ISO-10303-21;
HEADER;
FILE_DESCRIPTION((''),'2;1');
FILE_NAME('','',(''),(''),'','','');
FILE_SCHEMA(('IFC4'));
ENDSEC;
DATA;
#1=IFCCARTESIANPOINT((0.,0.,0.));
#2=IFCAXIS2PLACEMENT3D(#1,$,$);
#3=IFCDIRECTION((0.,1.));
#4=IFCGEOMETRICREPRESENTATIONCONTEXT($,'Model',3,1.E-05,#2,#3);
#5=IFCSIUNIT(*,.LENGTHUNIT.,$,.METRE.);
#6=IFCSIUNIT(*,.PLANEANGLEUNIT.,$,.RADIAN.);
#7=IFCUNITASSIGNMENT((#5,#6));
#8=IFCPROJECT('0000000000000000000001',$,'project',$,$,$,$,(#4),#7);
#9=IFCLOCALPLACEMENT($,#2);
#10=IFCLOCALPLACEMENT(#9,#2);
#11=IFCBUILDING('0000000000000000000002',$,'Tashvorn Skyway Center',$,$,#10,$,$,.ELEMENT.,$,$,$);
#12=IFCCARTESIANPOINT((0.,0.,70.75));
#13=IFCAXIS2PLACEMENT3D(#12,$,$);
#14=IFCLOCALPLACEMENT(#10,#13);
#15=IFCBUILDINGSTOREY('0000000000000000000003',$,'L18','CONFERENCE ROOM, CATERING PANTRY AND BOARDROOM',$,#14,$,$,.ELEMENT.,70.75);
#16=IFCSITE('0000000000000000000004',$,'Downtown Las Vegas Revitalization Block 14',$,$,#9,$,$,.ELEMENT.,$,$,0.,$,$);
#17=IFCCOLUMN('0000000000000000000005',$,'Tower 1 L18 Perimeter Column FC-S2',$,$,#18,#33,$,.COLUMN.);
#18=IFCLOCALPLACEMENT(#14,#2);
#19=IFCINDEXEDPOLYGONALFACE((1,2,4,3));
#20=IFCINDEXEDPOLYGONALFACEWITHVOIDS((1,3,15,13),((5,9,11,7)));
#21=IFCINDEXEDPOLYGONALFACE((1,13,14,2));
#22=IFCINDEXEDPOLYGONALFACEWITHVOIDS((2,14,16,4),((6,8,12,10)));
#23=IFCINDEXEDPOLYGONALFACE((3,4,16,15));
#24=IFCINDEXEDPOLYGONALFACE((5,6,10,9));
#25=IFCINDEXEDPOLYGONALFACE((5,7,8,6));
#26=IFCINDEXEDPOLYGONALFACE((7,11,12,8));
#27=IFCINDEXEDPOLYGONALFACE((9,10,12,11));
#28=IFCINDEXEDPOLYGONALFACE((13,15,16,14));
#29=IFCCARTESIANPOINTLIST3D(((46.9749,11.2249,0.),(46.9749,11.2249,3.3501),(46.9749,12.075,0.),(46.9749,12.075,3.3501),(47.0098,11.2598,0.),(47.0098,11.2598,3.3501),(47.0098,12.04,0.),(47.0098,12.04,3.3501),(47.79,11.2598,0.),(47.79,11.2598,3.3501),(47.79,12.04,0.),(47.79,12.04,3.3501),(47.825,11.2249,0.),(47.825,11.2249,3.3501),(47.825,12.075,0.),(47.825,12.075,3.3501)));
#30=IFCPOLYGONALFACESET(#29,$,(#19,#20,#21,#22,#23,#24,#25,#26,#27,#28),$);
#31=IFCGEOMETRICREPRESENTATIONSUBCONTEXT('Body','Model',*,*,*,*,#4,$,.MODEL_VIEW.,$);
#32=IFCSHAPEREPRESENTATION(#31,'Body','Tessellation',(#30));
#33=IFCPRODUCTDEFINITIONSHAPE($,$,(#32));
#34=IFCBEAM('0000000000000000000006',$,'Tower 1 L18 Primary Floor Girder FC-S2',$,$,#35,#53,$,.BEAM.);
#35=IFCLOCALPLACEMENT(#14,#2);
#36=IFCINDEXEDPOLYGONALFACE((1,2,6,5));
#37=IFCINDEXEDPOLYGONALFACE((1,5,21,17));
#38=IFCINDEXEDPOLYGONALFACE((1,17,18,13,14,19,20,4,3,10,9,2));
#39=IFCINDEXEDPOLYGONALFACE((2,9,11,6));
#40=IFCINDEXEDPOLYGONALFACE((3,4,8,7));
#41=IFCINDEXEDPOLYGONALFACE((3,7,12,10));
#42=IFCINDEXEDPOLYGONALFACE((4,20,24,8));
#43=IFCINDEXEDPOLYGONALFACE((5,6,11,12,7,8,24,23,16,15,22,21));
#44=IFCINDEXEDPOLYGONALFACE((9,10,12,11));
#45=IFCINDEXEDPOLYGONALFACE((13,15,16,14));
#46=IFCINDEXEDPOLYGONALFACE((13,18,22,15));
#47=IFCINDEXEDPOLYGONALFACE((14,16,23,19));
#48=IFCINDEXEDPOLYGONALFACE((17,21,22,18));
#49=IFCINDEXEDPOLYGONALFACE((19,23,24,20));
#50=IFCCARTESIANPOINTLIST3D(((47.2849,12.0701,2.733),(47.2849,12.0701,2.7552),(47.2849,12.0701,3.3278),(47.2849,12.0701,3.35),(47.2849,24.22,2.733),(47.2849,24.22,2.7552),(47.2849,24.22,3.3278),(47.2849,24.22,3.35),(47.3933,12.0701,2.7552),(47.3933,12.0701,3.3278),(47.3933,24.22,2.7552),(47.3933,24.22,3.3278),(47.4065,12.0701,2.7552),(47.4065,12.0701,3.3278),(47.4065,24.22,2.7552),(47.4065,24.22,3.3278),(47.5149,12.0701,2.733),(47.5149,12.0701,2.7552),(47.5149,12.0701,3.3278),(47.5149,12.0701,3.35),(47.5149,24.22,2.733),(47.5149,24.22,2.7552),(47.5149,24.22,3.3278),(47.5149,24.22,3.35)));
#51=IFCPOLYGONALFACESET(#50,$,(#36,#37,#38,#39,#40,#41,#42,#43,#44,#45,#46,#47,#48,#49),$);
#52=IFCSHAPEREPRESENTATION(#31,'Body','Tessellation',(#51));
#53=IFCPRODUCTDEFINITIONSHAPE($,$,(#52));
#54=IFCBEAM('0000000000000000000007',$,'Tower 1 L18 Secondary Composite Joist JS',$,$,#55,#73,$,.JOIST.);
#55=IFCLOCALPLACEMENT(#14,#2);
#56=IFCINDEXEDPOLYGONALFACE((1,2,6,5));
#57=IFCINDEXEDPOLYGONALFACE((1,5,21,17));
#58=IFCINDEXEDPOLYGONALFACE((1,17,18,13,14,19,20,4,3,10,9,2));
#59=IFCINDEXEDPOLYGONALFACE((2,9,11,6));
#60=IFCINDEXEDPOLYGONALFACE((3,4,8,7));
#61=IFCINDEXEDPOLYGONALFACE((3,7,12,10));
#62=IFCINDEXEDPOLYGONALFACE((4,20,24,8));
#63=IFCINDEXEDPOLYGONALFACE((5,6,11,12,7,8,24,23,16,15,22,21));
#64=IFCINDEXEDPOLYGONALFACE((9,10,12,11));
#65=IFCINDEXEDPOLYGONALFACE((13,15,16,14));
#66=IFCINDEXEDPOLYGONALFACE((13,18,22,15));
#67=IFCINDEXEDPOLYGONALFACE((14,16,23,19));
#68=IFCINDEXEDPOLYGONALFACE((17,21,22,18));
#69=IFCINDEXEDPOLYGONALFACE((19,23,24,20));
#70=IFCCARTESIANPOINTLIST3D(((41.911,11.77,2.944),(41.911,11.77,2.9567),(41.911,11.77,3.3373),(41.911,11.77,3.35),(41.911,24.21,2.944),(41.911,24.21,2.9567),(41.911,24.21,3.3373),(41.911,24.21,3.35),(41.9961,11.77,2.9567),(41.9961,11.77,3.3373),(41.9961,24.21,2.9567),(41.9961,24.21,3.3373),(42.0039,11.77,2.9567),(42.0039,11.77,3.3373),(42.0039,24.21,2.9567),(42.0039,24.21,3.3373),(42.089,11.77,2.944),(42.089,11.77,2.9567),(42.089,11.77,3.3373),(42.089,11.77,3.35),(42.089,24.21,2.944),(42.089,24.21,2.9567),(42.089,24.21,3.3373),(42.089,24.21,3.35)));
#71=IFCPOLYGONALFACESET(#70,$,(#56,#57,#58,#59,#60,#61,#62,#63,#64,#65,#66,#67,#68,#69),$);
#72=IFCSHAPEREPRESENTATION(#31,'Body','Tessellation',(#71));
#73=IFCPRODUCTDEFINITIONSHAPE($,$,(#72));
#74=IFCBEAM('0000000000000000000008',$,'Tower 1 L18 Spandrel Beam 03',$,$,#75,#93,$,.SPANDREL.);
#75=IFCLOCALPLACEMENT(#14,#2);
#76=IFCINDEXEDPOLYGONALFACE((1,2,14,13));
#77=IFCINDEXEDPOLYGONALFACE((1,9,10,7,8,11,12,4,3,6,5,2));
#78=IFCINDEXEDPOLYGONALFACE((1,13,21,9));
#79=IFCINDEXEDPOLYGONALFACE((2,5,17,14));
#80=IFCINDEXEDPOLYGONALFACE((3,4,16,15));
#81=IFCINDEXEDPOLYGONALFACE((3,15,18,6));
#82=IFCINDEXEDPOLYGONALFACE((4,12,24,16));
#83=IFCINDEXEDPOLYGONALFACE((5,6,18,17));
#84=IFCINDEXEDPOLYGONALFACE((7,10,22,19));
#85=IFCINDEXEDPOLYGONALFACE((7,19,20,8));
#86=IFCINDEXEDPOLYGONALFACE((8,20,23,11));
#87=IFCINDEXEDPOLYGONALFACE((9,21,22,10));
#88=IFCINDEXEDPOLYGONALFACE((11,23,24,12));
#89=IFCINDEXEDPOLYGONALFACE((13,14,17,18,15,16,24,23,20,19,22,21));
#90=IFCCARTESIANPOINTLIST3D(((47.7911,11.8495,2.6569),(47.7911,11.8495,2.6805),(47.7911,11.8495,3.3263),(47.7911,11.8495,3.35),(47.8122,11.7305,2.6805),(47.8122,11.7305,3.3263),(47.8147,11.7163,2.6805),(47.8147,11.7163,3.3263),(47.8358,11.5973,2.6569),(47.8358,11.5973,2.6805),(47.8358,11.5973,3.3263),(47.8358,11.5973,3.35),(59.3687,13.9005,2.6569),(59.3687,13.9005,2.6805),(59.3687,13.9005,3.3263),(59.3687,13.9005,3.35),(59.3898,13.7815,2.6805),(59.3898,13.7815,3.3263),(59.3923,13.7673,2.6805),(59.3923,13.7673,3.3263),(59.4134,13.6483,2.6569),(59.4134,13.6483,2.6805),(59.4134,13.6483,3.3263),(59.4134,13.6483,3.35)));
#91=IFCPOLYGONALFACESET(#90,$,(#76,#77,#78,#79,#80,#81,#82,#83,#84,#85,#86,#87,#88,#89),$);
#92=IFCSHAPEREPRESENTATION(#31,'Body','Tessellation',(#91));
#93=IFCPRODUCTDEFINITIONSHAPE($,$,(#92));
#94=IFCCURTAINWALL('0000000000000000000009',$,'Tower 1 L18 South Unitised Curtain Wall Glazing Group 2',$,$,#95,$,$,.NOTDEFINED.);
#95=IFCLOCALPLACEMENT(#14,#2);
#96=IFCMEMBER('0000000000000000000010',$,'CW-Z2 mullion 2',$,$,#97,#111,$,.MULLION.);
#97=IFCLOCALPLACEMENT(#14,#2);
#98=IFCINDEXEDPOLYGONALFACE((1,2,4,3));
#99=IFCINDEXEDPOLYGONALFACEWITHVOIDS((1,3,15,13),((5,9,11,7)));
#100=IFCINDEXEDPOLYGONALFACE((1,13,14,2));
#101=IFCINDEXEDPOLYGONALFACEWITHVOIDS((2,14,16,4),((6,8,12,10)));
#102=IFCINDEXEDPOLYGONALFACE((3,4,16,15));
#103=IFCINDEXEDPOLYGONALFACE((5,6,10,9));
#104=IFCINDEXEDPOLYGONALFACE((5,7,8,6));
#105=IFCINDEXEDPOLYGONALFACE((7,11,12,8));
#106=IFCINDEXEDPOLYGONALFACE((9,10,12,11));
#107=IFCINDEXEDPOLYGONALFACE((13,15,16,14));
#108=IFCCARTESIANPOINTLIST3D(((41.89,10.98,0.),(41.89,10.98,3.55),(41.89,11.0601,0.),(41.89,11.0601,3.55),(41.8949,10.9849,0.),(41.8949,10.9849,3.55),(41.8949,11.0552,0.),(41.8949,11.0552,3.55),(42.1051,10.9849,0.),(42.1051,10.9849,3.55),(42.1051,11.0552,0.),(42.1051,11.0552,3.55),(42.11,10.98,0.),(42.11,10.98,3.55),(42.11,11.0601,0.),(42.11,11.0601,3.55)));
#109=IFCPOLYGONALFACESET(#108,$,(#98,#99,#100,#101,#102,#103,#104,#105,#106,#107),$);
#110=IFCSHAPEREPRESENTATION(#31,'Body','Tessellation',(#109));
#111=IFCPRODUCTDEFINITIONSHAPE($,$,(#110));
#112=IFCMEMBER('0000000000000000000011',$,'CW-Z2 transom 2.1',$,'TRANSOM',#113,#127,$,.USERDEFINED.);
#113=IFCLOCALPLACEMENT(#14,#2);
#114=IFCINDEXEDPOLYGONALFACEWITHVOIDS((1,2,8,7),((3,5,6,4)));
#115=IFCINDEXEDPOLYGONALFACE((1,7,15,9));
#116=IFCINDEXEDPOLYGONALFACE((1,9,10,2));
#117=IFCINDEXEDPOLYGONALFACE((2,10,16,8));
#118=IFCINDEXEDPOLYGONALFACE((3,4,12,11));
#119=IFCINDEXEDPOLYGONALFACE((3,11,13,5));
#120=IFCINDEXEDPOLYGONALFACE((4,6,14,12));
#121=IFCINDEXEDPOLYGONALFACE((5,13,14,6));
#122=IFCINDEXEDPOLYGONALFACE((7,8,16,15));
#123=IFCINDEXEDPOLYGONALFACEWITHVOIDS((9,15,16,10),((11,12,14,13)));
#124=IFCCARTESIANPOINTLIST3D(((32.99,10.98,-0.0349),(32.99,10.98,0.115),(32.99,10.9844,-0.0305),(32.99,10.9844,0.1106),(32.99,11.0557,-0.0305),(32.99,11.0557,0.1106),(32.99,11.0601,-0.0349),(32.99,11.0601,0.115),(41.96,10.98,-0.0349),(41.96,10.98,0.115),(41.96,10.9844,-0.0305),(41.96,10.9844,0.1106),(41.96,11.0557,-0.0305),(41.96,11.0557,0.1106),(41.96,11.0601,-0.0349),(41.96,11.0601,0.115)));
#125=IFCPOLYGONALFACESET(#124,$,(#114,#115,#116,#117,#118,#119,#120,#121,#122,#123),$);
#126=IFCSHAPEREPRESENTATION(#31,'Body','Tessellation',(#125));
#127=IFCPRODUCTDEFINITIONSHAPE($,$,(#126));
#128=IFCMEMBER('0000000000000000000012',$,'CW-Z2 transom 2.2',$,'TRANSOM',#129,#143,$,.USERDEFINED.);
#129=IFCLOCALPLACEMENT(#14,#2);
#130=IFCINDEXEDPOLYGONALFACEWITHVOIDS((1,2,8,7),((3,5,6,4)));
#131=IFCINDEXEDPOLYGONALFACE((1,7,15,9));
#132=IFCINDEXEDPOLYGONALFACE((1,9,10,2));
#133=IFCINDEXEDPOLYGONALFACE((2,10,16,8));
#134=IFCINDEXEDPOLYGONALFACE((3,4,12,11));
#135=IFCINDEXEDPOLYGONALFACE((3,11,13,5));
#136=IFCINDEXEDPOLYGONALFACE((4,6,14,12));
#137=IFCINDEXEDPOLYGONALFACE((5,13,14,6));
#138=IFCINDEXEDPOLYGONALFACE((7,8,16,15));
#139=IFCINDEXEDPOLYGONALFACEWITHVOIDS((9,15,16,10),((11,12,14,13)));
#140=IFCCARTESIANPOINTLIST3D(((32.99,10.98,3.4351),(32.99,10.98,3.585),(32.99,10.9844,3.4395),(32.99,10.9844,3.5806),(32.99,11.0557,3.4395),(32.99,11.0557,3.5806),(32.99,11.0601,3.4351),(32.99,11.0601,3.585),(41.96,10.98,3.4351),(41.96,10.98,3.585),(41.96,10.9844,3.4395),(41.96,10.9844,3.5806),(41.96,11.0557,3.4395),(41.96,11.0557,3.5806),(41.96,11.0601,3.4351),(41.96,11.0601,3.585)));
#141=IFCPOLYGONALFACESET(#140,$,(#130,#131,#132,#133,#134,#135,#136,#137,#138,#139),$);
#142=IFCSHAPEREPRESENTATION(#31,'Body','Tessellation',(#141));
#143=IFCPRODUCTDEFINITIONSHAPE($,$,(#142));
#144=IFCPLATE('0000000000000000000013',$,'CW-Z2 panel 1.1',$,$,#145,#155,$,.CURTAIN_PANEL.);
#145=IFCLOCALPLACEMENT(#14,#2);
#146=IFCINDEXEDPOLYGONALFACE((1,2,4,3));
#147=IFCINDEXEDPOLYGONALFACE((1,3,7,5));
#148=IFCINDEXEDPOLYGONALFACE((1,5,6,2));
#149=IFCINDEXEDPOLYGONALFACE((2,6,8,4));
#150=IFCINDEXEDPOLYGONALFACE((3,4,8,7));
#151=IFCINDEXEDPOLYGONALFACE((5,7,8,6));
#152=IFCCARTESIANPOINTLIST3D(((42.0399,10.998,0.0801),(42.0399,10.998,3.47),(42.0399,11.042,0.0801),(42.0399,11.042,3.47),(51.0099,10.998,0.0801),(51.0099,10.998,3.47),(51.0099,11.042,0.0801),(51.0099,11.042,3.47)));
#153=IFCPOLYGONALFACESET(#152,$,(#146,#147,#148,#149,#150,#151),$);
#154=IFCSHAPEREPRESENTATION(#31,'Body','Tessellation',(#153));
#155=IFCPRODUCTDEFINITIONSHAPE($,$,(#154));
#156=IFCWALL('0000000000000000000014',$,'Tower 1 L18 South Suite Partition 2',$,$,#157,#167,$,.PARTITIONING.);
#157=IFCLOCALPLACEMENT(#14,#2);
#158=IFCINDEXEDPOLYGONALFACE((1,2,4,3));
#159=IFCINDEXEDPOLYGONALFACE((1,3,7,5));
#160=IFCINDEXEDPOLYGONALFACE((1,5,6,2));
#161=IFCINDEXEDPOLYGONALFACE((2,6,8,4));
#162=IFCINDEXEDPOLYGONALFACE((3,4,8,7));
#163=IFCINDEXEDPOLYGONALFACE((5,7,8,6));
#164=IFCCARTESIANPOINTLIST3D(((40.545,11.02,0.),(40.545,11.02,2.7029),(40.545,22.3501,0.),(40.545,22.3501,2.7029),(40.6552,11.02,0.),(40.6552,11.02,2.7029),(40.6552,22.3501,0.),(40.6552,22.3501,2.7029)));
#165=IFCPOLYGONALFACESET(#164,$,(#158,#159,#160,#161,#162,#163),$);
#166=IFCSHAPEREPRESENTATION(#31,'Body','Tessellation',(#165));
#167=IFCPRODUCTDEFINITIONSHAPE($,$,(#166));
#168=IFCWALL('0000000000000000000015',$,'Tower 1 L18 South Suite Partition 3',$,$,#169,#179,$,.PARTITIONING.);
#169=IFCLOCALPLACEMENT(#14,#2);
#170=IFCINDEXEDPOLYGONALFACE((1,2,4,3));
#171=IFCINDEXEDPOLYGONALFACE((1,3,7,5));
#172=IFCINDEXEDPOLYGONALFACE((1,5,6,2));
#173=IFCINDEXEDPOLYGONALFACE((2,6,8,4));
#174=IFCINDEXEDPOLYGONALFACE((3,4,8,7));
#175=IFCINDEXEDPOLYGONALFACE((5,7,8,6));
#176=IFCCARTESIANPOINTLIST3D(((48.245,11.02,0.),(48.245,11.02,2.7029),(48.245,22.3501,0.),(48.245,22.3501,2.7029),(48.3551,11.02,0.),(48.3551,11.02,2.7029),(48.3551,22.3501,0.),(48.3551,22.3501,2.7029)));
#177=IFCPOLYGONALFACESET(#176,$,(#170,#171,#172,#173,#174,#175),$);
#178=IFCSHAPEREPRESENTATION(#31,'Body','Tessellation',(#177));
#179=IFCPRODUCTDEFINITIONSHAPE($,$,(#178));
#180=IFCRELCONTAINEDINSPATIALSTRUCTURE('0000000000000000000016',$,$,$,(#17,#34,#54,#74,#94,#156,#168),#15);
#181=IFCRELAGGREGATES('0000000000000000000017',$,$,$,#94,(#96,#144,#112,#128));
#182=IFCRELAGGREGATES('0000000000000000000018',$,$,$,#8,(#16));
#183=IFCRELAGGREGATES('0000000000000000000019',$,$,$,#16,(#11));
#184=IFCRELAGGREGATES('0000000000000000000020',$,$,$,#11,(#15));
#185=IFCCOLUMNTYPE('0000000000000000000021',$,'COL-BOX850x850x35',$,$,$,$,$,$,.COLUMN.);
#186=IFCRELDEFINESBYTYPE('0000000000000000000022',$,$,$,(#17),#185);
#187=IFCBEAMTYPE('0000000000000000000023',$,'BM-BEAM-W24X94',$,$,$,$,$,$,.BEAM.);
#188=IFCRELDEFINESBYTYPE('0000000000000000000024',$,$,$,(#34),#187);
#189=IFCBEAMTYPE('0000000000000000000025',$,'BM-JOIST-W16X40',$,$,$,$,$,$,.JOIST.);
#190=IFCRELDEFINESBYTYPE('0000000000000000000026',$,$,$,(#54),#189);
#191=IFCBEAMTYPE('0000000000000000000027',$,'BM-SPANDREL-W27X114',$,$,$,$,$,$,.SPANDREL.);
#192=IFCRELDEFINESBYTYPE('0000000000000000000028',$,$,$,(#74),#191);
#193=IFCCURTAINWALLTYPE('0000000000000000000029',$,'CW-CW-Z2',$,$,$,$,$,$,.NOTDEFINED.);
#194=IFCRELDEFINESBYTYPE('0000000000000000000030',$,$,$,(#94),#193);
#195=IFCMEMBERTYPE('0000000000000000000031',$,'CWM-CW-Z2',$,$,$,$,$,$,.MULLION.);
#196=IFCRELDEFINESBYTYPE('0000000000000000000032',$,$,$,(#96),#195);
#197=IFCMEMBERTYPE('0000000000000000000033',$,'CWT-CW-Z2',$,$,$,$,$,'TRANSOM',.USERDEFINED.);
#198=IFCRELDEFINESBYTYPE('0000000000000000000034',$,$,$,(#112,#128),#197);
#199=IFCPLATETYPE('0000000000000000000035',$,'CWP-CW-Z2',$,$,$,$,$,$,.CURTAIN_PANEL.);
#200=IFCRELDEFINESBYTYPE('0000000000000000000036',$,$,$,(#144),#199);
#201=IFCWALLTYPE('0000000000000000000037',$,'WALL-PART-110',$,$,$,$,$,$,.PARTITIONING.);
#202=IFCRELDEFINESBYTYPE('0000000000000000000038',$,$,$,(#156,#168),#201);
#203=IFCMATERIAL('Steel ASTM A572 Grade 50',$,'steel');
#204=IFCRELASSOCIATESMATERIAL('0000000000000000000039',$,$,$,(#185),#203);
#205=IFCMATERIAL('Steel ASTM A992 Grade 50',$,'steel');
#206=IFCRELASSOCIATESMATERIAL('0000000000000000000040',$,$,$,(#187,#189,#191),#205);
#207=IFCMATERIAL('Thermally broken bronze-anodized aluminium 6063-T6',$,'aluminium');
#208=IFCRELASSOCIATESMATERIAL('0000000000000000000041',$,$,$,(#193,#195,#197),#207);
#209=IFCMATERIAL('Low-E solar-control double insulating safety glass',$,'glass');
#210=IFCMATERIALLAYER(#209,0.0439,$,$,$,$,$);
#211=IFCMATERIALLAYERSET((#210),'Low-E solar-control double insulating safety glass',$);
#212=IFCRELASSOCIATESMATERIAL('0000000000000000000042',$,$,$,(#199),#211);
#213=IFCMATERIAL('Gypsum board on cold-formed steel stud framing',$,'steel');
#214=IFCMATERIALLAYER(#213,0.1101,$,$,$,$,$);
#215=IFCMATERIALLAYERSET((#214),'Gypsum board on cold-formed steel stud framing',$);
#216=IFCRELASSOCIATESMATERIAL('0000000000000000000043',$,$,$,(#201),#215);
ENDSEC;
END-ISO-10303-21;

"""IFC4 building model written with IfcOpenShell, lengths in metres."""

from ifc_helpers import new_model, si_unit, direction, frame, frame_2d, origin, origin_2d, place, context, subcontext, project, spatial, rectangle, hollow_rectangle, i_section, extrude, material, layer, layer_set, material_profile, profile_set, type_object, element, aggregate, save


model = new_model("IFC4")

# Units and contexts
model_context = context("Model", 3, precision=1e-05, world=origin(), true_north=direction((0.0, 1.0)))
body_context = subcontext(model_context, "Body", "Model", "MODEL_VIEW")
ifc_project = project(units=[si_unit("LENGTHUNIT", "METRE"), si_unit("PLANEANGLEUNIT", "RADIAN")], contexts=[model_context])

# Site, building, storey
site_placement = place(None, origin())
site = spatial("IfcSite", under=ifc_project, at=site_placement, Name="Downtown Las Vegas Revitalization Block 14", CompositionType="ELEMENT", RefElevation=0.0)
building_placement = place(site_placement, origin())
building = spatial("IfcBuilding", under=site, at=building_placement, Name="Tashvorn Skyway Center", CompositionType="ELEMENT")
storey_placement = place(building_placement, frame((0.0, 0.0, 70.75)))
storey = spatial("IfcBuildingStorey", under=building, at=storey_placement, Name="L18", Description="CONFERENCE ROOM, CATERING PANTRY AND BOARDROOM", CompositionType="ELEMENT", Elevation=70.75)

# Column
ifc_material_1 = material(Name="Steel ASTM A572 Grade 50", Category="steel")
ifc_material_profile_1 = material_profile(ifc_material_1, hollow_rectangle(XDim=0.8501, YDim=0.8501, WallThickness=0.0349, at=origin_2d()), Name="BOX850x850x35")
ifc_profile_set_1 = profile_set([ifc_material_profile_1], Name="Steel ASTM A572 Grade 50")
column_type = type_object("IfcColumnType", Name="COL-BOX850x850x35", PredefinedType="COLUMN", material=ifc_profile_set_1)
column_placement = place(storey_placement, frame((47.3999, 11.6499, 0.0), z_axis=(0.0, 0.0, 1.0), x_axis=(1.0, 0.0, 0.0)))
element("IfcColumn", 1, at=column_placement, inside=storey, type_object=column_type, Name="Tower 1 L18 Perimeter Column FC-S2", PredefinedType="COLUMN", context=body_context, shape_type="SweptSolid", body=[
    extrude(hollow_rectangle(XDim=0.8501, YDim=0.8501, WallThickness=0.0349, at=origin_2d()), origin(), (0.0, 0.0, 1.0), 3.3501),
])

# Beams
ifc_material_2 = material(Name="Steel ASTM A992 Grade 50", Category="steel")
ifc_material_profile_2 = material_profile(ifc_material_2, i_section(OverallWidth=0.23, OverallDepth=0.6169, WebThickness=0.0132, FlangeThickness=0.0222, at=origin_2d()), Name="W24X94")
ifc_profile_set_2 = profile_set([ifc_material_profile_2], Name="Steel ASTM A992 Grade 50")
beam_type_1 = type_object("IfcBeamType", Name="BM-BEAM-W24X94", PredefinedType="BEAM", material=ifc_profile_set_2)
beam_1_placement = place(storey_placement, frame((47.3999, 12.0701, 3.0415), z_axis=(0.0, 1.0, 0.0), x_axis=(-1.0, 0.0, 0.0)))
element("IfcBeam", 2, at=beam_1_placement, inside=storey, type_object=beam_type_1, Name="Tower 1 L18 Primary Floor Girder FC-S2", PredefinedType="BEAM", context=body_context, shape_type="SweptSolid", body=[
    extrude(i_section(OverallWidth=0.23, OverallDepth=0.6169, WebThickness=0.0132, FlangeThickness=0.0222, at=origin_2d()), origin(), (0.0, 0.0, 1.0), 12.1499),
])
ifc_material_profile_3 = material_profile(ifc_material_2, i_section(OverallWidth=0.178, OverallDepth=0.406, WebThickness=0.0078, FlangeThickness=0.0127, at=origin_2d()), Name="W16X40")
ifc_profile_set_3 = profile_set([ifc_material_profile_3], Name="Steel ASTM A992 Grade 50")
beam_type_2 = type_object("IfcBeamType", Name="BM-JOIST-W16X40", PredefinedType="JOIST", material=ifc_profile_set_3)
beam_2_placement = place(storey_placement, frame((42.0, 24.21, 3.147), z_axis=(0.0, -1.0, 0.0), x_axis=(1.0, 0.0, 0.0)))
element("IfcBeam", 3, at=beam_2_placement, inside=storey, type_object=beam_type_2, Name="Tower 1 L18 Secondary Composite Joist JS", PredefinedType="JOIST", context=body_context, shape_type="SweptSolid", body=[
    extrude(i_section(OverallWidth=0.178, OverallDepth=0.406, WebThickness=0.0078, FlangeThickness=0.0127, at=origin_2d()), origin(), (0.0, 0.0, 1.0), 12.4399),
])
ifc_material_profile_4 = material_profile(ifc_material_2, i_section(OverallWidth=0.2561, OverallDepth=0.6931, WebThickness=0.0144, FlangeThickness=0.0237, at=origin_2d()), Name="W27X114")
ifc_profile_set_4 = profile_set([ifc_material_profile_4], Name="Steel ASTM A992 Grade 50")
beam_type_3 = type_object("IfcBeamType", Name="BM-SPANDREL-W27X114", PredefinedType="SPANDREL", material=ifc_profile_set_4)
beam_3_placement = place(storey_placement, frame((47.8135, 11.7234, 3.0034), z_axis=(0.984668, 0.174438, 0.0), x_axis=(-0.174438, 0.984668, 0.0)))
element("IfcBeam", 4, at=beam_3_placement, inside=storey, type_object=beam_type_3, Name="Tower 1 L18 Spandrel Beam 03", PredefinedType="SPANDREL", context=body_context, shape_type="SweptSolid", body=[
    extrude(i_section(OverallWidth=0.2561, OverallDepth=0.6931, WebThickness=0.0144, FlangeThickness=0.0237, at=origin_2d()), origin(), (0.0, 0.0, 1.0), 11.7578),
])

# Curtain wall, members, plate
ifc_material_3 = material(Name="Thermally broken bronze-anodized aluminium 6063-T6", Category="aluminium")
curtain_wall_type = type_object("IfcCurtainWallType", Name="CW-CW-Z2", PredefinedType="NOTDEFINED", material=ifc_material_3)
curtain_wall_placement = place(storey_placement, origin())
curtain_wall = element("IfcCurtainWall", 5, at=curtain_wall_placement, inside=storey, type_object=curtain_wall_type, Name="Tower 1 L18 South Unitised Curtain Wall Glazing Group 2", PredefinedType="NOTDEFINED")
ifc_material_profile_5 = material_profile(ifc_material_3, hollow_rectangle(XDim=0.0801, YDim=0.22, WallThickness=0.0049, at=origin_2d()), Name="ALU-MULL-80x220")
ifc_profile_set_5 = profile_set([ifc_material_profile_5], Name="Thermally broken bronze-anodized aluminium 6063-T6")
member_type_1 = type_object("IfcMemberType", Name="CWM-CW-Z2", PredefinedType="MULLION", material=ifc_profile_set_5)
member_1_placement = place(storey_placement, frame((42.0, 11.02, 0.0), z_axis=(0.0, 0.0, 1.0), x_axis=(0.0, -1.0, 0.0)))
member_1 = element("IfcMember", 6, at=member_1_placement, type_object=member_type_1, Name="CW-Z2 mullion 2", PredefinedType="MULLION", context=body_context, shape_type="SweptSolid", body=[
    extrude(hollow_rectangle(XDim=0.0801, YDim=0.22, WallThickness=0.0049, at=origin_2d()), origin(), (0.0, 0.0, 1.0), 3.55),
])
ifc_material_profile_6 = material_profile(ifc_material_3, hollow_rectangle(XDim=0.0801, YDim=0.1499, WallThickness=0.0044, at=origin_2d()), Name="ALU-TRAN-80x150")
ifc_profile_set_6 = profile_set([ifc_material_profile_6], Name="Thermally broken bronze-anodized aluminium 6063-T6")
member_type_2 = type_object("IfcMemberType", Name="CWT-CW-Z2", ElementType="TRANSOM", PredefinedType="USERDEFINED", material=ifc_profile_set_6)
member_2_placement = place(storey_placement, frame((41.96, 11.02, 0.04), z_axis=(-1.0, 0.0, 0.0), x_axis=(0.0, -1.0, 0.0)))
member_2 = element("IfcMember", 7, at=member_2_placement, type_object=member_type_2, Name="CW-Z2 transom 2.1", ObjectType="TRANSOM", PredefinedType="USERDEFINED", context=body_context, shape_type="SweptSolid", body=[
    extrude(hollow_rectangle(XDim=0.0801, YDim=0.1499, WallThickness=0.0044, at=origin_2d()), origin(), (0.0, 0.0, 1.0), 8.97),
])
member_3_placement = place(storey_placement, frame((41.96, 11.02, 3.51), z_axis=(-1.0, 0.0, 0.0), x_axis=(0.0, -1.0, 0.0)))
member_3 = element("IfcMember", 8, at=member_3_placement, type_object=member_type_2, Name="CW-Z2 transom 2.2", ObjectType="TRANSOM", PredefinedType="USERDEFINED", context=body_context, shape_type="SweptSolid", body=[
    extrude(hollow_rectangle(XDim=0.0801, YDim=0.1499, WallThickness=0.0044, at=origin_2d()), origin(), (0.0, 0.0, 1.0), 8.97),
])
ifc_material_4 = material(Name="Low-E solar-control double insulating safety glass", Category="glass")
ifc_layer_1 = layer(ifc_material_4, 0.0439)
ifc_layer_set_1 = layer_set([ifc_layer_1], Name="Low-E solar-control double insulating safety glass")
plate_type = type_object("IfcPlateType", Name="CWP-CW-Z2", PredefinedType="CURTAIN_PANEL", material=ifc_layer_set_1)
plate_placement = place(storey_placement, frame((46.5249, 11.02, 0.0801), z_axis=(0.0, 0.0, 1.0), x_axis=(-1.0, 0.0, 0.0)))
plate = element("IfcPlate", 9, at=plate_placement, type_object=plate_type, Name="CW-Z2 panel 1.1", PredefinedType="CURTAIN_PANEL", context=body_context, shape_type="SweptSolid", body=[
    extrude(rectangle(XDim=8.97, YDim=0.0439, at=origin_2d()), origin(), (0.0, 0.0, 1.0), 3.3899),
])
aggregate(curtain_wall, [member_1, plate, member_2, member_3])

# Walls
ifc_material_5 = material(Name="Gypsum board on cold-formed steel stud framing", Category="steel")
ifc_layer_2 = layer(ifc_material_5, 0.1101)
ifc_layer_set_2 = layer_set([ifc_layer_2], Name="Gypsum board on cold-formed steel stud framing")
wall_type = type_object("IfcWallType", Name="WALL-PART-110", PredefinedType="PARTITIONING", material=ifc_layer_set_2)
for number, where, z_axis, x_axis, name in (
    (10, (40.6001, 11.02, 0.0), (0.0, 0.0, 1.0), (0.0, 1.0, 0.0), "Tower 1 L18 South Suite Partition 2"),
    (11, (48.3, 11.02, 0.0), (0.0, 0.0, 1.0), (0.0, 1.0, 0.0), "Tower 1 L18 South Suite Partition 3"),
):
    element("IfcWall", number, at=place(storey_placement, frame(where, z_axis=z_axis, x_axis=x_axis)), inside=storey, type_object=wall_type, Name=name, PredefinedType="PARTITIONING", context=body_context, shape_type="SweptSolid", body=[
        extrude(rectangle(XDim=11.3301, YDim=0.1101, at=frame_2d((5.665, 0.0))), origin(), (0.0, 0.0, 1.0), 2.7029),
    ])

save(model, "model.ifc")
